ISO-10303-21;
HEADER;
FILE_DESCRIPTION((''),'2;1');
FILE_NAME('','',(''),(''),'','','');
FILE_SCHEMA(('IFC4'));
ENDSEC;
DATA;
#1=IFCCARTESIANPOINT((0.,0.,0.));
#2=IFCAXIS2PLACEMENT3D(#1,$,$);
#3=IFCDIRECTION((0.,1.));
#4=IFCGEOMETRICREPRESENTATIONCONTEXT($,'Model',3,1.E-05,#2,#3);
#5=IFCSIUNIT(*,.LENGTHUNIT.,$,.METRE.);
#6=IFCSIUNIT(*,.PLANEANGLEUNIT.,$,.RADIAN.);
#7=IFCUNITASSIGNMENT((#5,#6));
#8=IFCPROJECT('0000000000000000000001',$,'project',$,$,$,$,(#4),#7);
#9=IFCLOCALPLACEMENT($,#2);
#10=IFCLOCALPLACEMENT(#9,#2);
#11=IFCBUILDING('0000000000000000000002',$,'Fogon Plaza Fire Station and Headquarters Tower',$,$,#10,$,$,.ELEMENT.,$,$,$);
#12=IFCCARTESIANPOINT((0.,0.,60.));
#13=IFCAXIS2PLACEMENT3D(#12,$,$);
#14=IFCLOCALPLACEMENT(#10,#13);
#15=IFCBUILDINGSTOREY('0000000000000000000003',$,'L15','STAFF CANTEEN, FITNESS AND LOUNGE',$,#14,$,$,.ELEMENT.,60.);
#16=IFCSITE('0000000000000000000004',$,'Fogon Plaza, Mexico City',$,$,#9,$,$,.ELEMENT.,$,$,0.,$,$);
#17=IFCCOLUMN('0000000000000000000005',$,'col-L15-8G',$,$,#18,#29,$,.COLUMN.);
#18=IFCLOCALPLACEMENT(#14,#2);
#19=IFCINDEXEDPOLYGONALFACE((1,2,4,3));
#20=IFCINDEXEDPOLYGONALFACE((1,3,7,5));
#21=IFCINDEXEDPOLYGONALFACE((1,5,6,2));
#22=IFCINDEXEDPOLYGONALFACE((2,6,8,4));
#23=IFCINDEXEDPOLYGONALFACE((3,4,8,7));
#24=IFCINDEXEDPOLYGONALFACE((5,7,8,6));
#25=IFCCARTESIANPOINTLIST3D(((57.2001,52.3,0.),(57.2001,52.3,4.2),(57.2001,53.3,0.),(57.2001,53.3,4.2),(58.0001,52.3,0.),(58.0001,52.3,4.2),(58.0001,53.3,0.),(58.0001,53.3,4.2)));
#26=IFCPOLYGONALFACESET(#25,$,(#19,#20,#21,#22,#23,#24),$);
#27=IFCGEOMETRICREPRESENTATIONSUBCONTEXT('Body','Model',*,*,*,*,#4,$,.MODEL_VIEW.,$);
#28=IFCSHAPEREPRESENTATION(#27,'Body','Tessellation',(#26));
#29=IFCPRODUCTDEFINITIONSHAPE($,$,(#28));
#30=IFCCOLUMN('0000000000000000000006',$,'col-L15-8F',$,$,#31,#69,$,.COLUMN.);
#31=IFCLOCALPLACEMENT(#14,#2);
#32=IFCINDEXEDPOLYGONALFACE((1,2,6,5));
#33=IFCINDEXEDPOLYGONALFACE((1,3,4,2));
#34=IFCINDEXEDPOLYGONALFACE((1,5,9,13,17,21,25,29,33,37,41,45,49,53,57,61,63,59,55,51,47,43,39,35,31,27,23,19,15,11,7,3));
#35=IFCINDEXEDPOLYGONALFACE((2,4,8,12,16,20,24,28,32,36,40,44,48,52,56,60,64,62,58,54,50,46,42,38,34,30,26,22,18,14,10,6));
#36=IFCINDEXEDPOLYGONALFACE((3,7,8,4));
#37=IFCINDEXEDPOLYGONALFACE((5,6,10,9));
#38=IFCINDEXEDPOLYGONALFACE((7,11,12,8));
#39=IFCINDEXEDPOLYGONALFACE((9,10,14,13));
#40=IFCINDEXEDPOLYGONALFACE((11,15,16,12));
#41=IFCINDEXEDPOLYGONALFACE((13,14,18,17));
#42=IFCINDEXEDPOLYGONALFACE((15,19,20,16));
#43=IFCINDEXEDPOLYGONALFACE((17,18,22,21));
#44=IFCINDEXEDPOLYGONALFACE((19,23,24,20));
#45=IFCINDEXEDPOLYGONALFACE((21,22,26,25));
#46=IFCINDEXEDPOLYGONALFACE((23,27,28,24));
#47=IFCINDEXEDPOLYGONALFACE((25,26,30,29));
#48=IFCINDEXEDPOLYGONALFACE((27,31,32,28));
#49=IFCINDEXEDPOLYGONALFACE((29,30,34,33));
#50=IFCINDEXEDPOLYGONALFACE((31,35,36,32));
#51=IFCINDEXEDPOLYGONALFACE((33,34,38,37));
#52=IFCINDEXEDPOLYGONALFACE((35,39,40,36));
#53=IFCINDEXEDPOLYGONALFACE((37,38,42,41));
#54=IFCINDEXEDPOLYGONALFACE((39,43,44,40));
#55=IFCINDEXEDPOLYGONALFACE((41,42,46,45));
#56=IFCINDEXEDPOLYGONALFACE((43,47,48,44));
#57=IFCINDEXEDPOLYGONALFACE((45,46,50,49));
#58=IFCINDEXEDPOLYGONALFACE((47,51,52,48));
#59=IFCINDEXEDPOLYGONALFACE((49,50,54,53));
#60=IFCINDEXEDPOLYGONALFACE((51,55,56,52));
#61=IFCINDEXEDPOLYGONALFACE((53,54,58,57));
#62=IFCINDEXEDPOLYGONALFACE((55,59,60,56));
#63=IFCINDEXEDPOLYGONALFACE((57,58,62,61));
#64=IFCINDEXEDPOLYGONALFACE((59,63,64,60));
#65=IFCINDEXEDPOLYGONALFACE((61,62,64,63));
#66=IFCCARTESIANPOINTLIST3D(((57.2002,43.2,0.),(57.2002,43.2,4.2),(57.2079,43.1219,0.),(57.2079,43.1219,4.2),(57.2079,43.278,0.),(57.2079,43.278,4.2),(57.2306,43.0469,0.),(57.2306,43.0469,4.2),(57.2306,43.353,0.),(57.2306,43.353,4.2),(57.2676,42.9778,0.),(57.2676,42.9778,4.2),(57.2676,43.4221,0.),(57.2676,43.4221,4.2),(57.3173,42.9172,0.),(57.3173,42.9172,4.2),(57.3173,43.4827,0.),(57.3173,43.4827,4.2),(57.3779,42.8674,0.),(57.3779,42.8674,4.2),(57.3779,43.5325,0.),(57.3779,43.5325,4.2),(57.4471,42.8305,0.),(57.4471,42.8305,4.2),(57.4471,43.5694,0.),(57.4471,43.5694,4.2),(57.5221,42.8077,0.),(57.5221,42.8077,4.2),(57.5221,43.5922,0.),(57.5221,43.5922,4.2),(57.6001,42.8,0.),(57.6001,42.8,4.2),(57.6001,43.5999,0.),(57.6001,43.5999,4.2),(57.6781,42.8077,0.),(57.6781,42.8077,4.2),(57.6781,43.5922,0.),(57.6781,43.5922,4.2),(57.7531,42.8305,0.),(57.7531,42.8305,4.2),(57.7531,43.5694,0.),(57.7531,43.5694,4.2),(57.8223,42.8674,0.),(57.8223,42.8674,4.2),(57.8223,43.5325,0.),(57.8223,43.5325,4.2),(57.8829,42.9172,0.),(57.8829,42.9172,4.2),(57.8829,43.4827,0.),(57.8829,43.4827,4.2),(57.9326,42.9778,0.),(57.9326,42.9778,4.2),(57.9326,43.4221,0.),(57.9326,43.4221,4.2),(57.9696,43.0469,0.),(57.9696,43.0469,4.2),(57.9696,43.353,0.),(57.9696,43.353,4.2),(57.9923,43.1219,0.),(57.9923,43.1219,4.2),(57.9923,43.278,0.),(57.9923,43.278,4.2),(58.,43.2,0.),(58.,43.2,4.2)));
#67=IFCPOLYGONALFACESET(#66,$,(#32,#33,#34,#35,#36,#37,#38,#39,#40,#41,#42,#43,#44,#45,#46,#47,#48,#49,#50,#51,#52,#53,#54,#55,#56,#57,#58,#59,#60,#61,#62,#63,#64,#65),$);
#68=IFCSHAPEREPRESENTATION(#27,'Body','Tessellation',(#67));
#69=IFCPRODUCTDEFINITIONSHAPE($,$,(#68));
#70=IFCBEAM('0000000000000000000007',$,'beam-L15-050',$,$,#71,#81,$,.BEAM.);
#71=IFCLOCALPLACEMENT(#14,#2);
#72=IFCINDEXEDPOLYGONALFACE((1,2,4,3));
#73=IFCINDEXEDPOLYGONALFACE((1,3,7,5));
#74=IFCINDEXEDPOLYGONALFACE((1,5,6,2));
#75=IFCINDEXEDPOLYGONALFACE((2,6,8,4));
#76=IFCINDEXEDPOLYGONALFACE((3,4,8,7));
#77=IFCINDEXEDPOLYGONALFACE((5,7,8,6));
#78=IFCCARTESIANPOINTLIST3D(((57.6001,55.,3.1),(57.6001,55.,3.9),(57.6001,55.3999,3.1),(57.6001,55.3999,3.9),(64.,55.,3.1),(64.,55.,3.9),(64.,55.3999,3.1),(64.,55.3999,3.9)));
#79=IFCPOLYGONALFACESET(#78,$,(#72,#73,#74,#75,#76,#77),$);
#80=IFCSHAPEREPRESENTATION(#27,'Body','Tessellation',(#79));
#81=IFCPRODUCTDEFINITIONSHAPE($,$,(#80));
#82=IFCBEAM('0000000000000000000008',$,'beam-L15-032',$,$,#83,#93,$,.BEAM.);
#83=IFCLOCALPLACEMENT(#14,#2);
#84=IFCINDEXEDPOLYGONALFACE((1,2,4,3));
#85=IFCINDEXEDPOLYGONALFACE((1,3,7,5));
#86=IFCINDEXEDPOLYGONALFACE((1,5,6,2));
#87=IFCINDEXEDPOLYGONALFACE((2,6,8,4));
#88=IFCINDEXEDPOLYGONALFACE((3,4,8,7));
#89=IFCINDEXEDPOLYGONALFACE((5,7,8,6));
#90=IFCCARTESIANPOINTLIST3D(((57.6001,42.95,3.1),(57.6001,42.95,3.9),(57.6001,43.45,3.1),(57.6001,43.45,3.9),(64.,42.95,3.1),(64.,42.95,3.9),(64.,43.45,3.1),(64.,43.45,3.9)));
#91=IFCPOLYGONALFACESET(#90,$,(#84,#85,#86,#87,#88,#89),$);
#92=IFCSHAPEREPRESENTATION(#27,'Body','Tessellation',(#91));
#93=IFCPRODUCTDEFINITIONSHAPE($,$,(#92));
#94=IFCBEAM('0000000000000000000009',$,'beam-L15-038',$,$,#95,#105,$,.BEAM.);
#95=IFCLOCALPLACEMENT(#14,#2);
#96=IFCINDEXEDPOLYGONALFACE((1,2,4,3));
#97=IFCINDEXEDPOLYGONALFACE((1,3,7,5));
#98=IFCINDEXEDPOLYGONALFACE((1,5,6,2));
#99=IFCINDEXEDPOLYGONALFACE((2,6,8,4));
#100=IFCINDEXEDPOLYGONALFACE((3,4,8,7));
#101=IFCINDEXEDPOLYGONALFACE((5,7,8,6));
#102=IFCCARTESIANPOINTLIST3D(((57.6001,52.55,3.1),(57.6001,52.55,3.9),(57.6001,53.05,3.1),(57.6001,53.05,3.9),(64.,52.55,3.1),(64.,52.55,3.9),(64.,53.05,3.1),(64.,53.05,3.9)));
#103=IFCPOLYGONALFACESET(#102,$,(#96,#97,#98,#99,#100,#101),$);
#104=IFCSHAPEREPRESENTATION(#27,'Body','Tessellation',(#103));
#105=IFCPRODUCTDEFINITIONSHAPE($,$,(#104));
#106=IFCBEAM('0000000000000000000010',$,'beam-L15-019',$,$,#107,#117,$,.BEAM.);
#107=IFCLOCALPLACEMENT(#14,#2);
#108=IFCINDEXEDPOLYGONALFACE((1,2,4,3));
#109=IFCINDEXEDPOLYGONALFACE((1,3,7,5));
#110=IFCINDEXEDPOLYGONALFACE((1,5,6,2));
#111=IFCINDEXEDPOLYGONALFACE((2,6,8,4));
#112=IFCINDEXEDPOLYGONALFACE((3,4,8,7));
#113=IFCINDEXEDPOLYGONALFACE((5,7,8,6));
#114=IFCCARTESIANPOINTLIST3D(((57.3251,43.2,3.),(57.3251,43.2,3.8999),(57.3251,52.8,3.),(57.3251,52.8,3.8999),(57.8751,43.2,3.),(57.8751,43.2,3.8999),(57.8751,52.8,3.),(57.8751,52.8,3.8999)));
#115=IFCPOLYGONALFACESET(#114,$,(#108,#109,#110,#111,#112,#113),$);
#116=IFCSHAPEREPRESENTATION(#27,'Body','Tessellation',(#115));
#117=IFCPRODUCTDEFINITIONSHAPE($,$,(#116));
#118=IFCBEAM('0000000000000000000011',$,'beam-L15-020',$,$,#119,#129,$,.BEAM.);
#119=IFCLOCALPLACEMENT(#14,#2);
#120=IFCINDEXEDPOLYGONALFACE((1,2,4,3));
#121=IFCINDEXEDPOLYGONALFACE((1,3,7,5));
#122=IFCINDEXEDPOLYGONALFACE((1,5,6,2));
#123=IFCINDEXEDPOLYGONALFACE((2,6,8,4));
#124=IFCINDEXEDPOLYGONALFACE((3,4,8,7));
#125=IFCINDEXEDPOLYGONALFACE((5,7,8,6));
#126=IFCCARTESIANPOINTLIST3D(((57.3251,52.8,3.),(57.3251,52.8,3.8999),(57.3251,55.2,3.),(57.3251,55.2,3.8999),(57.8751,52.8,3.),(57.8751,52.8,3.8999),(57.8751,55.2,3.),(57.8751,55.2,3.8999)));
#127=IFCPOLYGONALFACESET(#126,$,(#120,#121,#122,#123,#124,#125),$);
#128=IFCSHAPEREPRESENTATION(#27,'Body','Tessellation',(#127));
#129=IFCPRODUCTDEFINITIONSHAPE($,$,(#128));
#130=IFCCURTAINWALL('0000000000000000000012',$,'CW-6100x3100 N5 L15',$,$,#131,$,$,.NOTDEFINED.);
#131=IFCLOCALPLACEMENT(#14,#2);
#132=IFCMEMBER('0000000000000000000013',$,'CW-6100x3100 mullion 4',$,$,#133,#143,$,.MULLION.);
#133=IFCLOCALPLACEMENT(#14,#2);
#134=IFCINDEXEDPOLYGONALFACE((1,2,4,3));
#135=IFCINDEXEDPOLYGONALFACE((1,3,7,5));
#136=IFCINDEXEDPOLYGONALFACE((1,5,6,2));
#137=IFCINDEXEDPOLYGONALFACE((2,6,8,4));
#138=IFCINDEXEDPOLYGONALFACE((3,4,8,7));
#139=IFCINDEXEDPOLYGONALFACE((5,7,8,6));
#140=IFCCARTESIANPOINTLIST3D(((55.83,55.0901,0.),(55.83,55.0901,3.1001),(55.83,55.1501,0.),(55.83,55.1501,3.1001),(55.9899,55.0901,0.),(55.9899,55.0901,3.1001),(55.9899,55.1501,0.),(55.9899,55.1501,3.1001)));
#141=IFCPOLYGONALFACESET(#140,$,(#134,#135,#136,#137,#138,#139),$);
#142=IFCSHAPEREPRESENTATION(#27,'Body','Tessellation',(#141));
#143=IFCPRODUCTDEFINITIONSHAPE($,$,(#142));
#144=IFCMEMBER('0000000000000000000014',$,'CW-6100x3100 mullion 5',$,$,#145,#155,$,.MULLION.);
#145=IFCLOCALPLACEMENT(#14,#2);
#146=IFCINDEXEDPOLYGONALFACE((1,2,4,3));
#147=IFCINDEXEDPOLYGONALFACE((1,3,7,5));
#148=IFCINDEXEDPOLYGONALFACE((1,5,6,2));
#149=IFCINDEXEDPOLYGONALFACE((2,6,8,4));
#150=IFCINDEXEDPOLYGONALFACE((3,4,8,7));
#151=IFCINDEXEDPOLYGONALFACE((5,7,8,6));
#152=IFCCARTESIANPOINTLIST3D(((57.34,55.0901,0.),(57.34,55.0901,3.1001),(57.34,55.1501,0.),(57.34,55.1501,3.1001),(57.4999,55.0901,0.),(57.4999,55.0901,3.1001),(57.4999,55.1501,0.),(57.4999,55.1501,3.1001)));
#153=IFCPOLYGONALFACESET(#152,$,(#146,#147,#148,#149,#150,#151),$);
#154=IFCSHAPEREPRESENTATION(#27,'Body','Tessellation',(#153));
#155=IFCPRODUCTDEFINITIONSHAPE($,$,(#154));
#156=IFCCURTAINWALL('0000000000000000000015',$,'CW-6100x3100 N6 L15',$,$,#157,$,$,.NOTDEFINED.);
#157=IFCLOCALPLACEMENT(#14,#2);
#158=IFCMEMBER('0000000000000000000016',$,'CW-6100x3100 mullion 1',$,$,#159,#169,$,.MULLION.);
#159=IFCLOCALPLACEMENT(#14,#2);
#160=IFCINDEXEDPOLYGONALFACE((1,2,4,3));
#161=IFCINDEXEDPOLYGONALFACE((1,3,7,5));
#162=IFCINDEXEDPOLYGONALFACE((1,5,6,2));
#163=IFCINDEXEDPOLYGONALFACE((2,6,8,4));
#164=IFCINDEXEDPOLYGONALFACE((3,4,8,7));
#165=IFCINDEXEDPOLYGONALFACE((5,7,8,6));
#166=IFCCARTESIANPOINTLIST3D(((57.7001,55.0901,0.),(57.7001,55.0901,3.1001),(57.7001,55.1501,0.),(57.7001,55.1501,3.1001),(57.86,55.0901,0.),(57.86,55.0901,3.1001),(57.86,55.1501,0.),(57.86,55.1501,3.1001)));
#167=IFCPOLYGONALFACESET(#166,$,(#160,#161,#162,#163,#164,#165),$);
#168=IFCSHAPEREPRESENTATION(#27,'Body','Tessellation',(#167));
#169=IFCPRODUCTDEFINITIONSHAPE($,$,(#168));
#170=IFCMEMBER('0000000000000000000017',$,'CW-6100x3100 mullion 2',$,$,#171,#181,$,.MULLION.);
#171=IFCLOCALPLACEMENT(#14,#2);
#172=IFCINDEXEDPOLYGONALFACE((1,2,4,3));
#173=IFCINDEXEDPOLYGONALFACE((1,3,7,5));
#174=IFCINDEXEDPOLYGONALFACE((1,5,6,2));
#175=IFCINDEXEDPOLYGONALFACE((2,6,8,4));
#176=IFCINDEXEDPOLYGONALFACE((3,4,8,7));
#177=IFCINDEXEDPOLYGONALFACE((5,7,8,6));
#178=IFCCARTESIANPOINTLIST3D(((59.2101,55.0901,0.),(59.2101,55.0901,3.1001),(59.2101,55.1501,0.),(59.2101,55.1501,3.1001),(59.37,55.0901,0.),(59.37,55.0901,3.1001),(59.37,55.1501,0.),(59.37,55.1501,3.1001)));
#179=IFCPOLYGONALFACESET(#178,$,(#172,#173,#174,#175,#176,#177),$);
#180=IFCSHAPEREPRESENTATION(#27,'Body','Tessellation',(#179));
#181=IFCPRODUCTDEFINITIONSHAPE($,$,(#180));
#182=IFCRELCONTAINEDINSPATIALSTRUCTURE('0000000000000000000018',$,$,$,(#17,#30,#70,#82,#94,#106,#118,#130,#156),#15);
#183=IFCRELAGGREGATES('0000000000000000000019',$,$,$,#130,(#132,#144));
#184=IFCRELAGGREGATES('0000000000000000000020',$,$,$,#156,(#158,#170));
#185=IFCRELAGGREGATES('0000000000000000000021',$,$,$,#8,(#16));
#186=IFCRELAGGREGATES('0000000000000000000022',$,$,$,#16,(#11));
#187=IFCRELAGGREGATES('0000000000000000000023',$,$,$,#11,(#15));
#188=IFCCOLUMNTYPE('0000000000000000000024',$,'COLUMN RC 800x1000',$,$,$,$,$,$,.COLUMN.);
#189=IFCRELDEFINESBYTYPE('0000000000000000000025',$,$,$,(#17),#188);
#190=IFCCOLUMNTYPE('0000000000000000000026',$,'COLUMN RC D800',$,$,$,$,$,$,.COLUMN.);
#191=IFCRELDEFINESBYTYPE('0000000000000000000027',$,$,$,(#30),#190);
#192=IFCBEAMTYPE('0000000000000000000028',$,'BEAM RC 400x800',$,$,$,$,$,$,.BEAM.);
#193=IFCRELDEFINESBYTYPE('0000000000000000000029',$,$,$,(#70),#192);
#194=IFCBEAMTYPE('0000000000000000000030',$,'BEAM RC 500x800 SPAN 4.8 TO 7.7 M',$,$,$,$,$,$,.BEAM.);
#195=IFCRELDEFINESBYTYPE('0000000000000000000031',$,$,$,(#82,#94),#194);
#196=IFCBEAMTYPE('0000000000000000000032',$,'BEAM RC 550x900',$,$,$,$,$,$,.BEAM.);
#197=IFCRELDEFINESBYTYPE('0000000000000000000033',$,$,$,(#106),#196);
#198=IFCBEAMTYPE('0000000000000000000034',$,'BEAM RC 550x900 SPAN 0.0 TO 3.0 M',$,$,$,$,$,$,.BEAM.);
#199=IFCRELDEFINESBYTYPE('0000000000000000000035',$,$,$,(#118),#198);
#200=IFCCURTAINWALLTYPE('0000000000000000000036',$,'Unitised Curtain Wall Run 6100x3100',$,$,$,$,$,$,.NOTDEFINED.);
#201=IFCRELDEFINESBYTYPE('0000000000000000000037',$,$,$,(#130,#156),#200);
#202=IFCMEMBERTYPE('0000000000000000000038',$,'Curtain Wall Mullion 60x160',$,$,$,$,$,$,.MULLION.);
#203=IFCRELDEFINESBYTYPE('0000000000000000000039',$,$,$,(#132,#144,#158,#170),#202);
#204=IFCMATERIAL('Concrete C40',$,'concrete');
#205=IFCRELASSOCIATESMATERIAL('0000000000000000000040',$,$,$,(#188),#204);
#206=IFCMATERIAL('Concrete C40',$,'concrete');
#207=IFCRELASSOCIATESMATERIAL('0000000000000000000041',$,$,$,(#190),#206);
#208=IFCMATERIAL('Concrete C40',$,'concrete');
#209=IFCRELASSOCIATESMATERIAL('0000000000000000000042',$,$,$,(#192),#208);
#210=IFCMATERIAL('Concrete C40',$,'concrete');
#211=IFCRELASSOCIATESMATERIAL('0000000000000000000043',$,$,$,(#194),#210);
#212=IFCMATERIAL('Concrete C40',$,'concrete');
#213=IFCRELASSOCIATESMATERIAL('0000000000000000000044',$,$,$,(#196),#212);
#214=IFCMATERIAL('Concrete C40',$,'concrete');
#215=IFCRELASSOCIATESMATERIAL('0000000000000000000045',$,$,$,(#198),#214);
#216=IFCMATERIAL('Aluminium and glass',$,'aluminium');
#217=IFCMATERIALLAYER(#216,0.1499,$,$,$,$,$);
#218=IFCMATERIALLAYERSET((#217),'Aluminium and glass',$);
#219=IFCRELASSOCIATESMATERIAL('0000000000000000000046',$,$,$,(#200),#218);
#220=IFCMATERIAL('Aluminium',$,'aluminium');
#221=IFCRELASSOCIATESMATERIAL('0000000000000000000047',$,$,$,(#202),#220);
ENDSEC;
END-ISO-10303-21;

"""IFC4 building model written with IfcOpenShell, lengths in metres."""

from ifc_helpers import new_model, si_unit, direction, frame, origin, origin_2d, place, context, subcontext, project, spatial, rectangle, circle, extrude, material, layer, layer_set, material_profile, profile_set, type_object, element, aggregate, save


model = new_model("IFC4")

# Units and contexts
model_context = context("Model", 3, precision=1e-05, world=origin(), true_north=direction((0.0, 1.0)))
body_context = subcontext(model_context, "Body", "Model", "MODEL_VIEW")
ifc_project = project(units=[si_unit("LENGTHUNIT", "METRE"), si_unit("PLANEANGLEUNIT", "RADIAN")], contexts=[model_context])

# Site, building, storey
site_placement = place(None, origin())
site = spatial("IfcSite", under=ifc_project, at=site_placement, Name="Fogon Plaza, Mexico City", CompositionType="ELEMENT", RefElevation=0.0)
building_placement = place(site_placement, origin())
building = spatial("IfcBuilding", under=site, at=building_placement, Name="Fogon Plaza Fire Station and Headquarters Tower", CompositionType="ELEMENT")
storey_placement = place(building_placement, frame((0.0, 0.0, 60.0)))
storey = spatial("IfcBuildingStorey", under=building, at=storey_placement, Name="L15", Description="STAFF CANTEEN, FITNESS AND LOUNGE", CompositionType="ELEMENT", Elevation=60.0)

# Columns
ifc_material_1 = material(Name="Concrete C40", Category="concrete")
ifc_material_profile_1 = material_profile(ifc_material_1, rectangle(XDim=0.8, YDim=1.0, at=origin_2d()), Name="RC 800x1000")
ifc_profile_set_1 = profile_set([ifc_material_profile_1], Name="Concrete C40")
column_type_1 = type_object("IfcColumnType", Name="COLUMN RC 800x1000", PredefinedType="COLUMN", material=ifc_profile_set_1)
column_1_placement = place(storey_placement, frame((57.6001, 52.8, 0.0), z_axis=(0.0, 0.0, 1.0), x_axis=(1.0, 0.0, 0.0)))
element("IfcColumn", 1, at=column_1_placement, inside=storey, type_object=column_type_1, Name="col-L15-8G", PredefinedType="COLUMN", context=body_context, shape_type="SweptSolid", body=[
    extrude(rectangle(XDim=0.8, YDim=1.0, at=origin_2d()), origin(), (0.0, 0.0, 1.0), 4.2),
])
ifc_material_2 = material(Name="Concrete C40", Category="concrete")
ifc_material_profile_2 = material_profile(ifc_material_2, circle(Radius=0.3999, at=origin_2d()), Name="RC D800")
ifc_profile_set_2 = profile_set([ifc_material_profile_2], Name="Concrete C40")
column_type_2 = type_object("IfcColumnType", Name="COLUMN RC D800", PredefinedType="COLUMN", material=ifc_profile_set_2)
column_2_placement = place(storey_placement, frame((57.6001, 43.2, 0.0), z_axis=(0.0, 0.0, 1.0), x_axis=(1.0, 0.0, 0.0)))
element("IfcColumn", 2, at=column_2_placement, inside=storey, type_object=column_type_2, Name="col-L15-8F", PredefinedType="COLUMN", context=body_context, shape_type="SweptSolid", body=[
    extrude(circle(Radius=0.3999, at=origin_2d()), origin(), (0.0, 0.0, 1.0), 4.2),
])

# Beams
ifc_material_3 = material(Name="Concrete C40", Category="concrete")
ifc_material_profile_3 = material_profile(ifc_material_3, rectangle(XDim=0.3999, YDim=0.8, at=origin_2d()), Name="RC 400x800")
ifc_profile_set_3 = profile_set([ifc_material_profile_3], Name="Concrete C40")
beam_type_1 = type_object("IfcBeamType", Name="BEAM RC 400x800", PredefinedType="BEAM", material=ifc_profile_set_3)
beam_1_placement = place(storey_placement, frame((57.6001, 55.2, 3.5), z_axis=(1.0, 0.0, 0.0), x_axis=(0.0, 1.0, 0.0)))
element("IfcBeam", 3, at=beam_1_placement, inside=storey, type_object=beam_type_1, Name="beam-L15-050", PredefinedType="BEAM", context=body_context, shape_type="SweptSolid", body=[
    extrude(rectangle(XDim=0.3999, YDim=0.8, at=origin_2d()), origin(), (0.0, 0.0, 1.0), 6.3999),
])
ifc_material_4 = material(Name="Concrete C40", Category="concrete")
ifc_material_profile_4 = material_profile(ifc_material_4, rectangle(XDim=0.5, YDim=0.8, at=origin_2d()), Name="RC 500x800")
ifc_profile_set_4 = profile_set([ifc_material_profile_4], Name="Concrete C40")
beam_type_2 = type_object("IfcBeamType", Name="BEAM RC 500x800 SPAN 4.8 TO 7.7 M", PredefinedType="BEAM", material=ifc_profile_set_4)
for number, where, z_axis, x_axis, name in (
    (4, (57.6001, 43.2, 3.5), (1.0, 0.0, 0.0), (0.0, 1.0, 0.0), "beam-L15-032"),
    (5, (57.6001, 52.8, 3.5), (1.0, 0.0, 0.0), (0.0, 1.0, 0.0), "beam-L15-038"),
):
    element("IfcBeam", number, at=place(storey_placement, frame(where, z_axis=z_axis, x_axis=x_axis)), inside=storey, type_object=beam_type_2, Name=name, PredefinedType="BEAM", context=body_context, shape_type="SweptSolid", body=[
        extrude(rectangle(XDim=0.5, YDim=0.8, at=origin_2d()), origin(), (0.0, 0.0, 1.0), 6.3999),
    ])
ifc_material_5 = material(Name="Concrete C40", Category="concrete")
ifc_material_profile_5 = material_profile(ifc_material_5, rectangle(XDim=0.55, YDim=0.8999, at=origin_2d()), Name="RC 550x900")
ifc_profile_set_5 = profile_set([ifc_material_profile_5], Name="Concrete C40")
beam_type_3 = type_object("IfcBeamType", Name="BEAM RC 550x900", PredefinedType="BEAM", material=ifc_profile_set_5)
beam_2_placement = place(storey_placement, frame((57.6001, 43.2, 3.45), z_axis=(0.0, 1.0, 0.0), x_axis=(-1.0, 0.0, 0.0)))
element("IfcBeam", 6, at=beam_2_placement, inside=storey, type_object=beam_type_3, Name="beam-L15-019", PredefinedType="BEAM", context=body_context, shape_type="SweptSolid", body=[
    extrude(rectangle(XDim=0.55, YDim=0.8999, at=origin_2d()), origin(), (0.0, 0.0, 1.0), 9.6001),
])
ifc_material_6 = material(Name="Concrete C40", Category="concrete")
ifc_material_profile_6 = material_profile(ifc_material_6, rectangle(XDim=0.55, YDim=0.8999, at=origin_2d()), Name="RC 550x900")
ifc_profile_set_6 = profile_set([ifc_material_profile_6], Name="Concrete C40")
beam_type_4 = type_object("IfcBeamType", Name="BEAM RC 550x900 SPAN 0.0 TO 3.0 M", PredefinedType="BEAM", material=ifc_profile_set_6)
beam_3_placement = place(storey_placement, frame((57.6001, 52.8, 3.45), z_axis=(0.0, 1.0, 0.0), x_axis=(-1.0, 0.0, 0.0)))
element("IfcBeam", 7, at=beam_3_placement, inside=storey, type_object=beam_type_4, Name="beam-L15-020", PredefinedType="BEAM", context=body_context, shape_type="SweptSolid", body=[
    extrude(rectangle(XDim=0.55, YDim=0.8999, at=origin_2d()), origin(), (0.0, 0.0, 1.0), 2.3999),
])

# Curtain walls, members
ifc_material_7 = material(Name="Aluminium and glass", Category="aluminium")
ifc_layer_1 = layer(ifc_material_7, 0.1499)
ifc_layer_set_1 = layer_set([ifc_layer_1], Name="Aluminium and glass")
curtain_wall_type = type_object("IfcCurtainWallType", Name="Unitised Curtain Wall Run 6100x3100", PredefinedType="NOTDEFINED", material=ifc_layer_set_1)
curtain_wall_1_placement = place(storey_placement, origin())
curtain_wall_1 = element("IfcCurtainWall", 8, at=curtain_wall_1_placement, inside=storey, type_object=curtain_wall_type, Name="CW-6100x3100 N5 L15", PredefinedType="NOTDEFINED")
ifc_material_8 = material(Name="Aluminium", Category="aluminium")
ifc_material_profile_7 = material_profile(ifc_material_8, rectangle(XDim=0.0601, YDim=0.1599, at=origin_2d()), Name="Curtain Wall Mullion 60x160")
ifc_profile_set_7 = profile_set([ifc_material_profile_7], Name="Aluminium")
member_type_1 = type_object("IfcMemberType", Name="Curtain Wall Mullion 60x160", PredefinedType="MULLION", material=ifc_profile_set_7)
member_1_placement = place(storey_placement, frame((55.9099, 55.1201, 0.0), z_axis=(0.0, 0.0, 1.0), x_axis=(0.0, 1.0, 0.0)))
member_1 = element("IfcMember", 9, at=member_1_placement, type_object=member_type_1, Name="CW-6100x3100 mullion 4", PredefinedType="MULLION", context=body_context, shape_type="SweptSolid", body=[
    extrude(rectangle(XDim=0.0601, YDim=0.1599, at=origin_2d()), origin(), (0.0, 0.0, 1.0), 3.1001),
])
member_2_placement = place(storey_placement, frame((57.4199, 55.1201, 0.0), z_axis=(0.0, 0.0, 1.0), x_axis=(0.0, 1.0, 0.0)))
member_2 = element("IfcMember", 10, at=member_2_placement, type_object=member_type_1, Name="CW-6100x3100 mullion 5", PredefinedType="MULLION", context=body_context, shape_type="SweptSolid", body=[
    extrude(rectangle(XDim=0.0601, YDim=0.1599, at=origin_2d()), origin(), (0.0, 0.0, 1.0), 3.1001),
])
curtain_wall_2_placement = place(storey_placement, origin())
curtain_wall_2 = element("IfcCurtainWall", 11, at=curtain_wall_2_placement, inside=storey, type_object=curtain_wall_type, Name="CW-6100x3100 N6 L15", PredefinedType="NOTDEFINED")
member_3_placement = place(storey_placement, frame((57.78, 55.1201, 0.0), z_axis=(0.0, 0.0, 1.0), x_axis=(0.0, 1.0, 0.0)))
member_3 = element("IfcMember", 12, at=member_3_placement, type_object=member_type_1, Name="CW-6100x3100 mullion 1", PredefinedType="MULLION", context=body_context, shape_type="SweptSolid", body=[
    extrude(rectangle(XDim=0.0601, YDim=0.1599, at=origin_2d()), origin(), (0.0, 0.0, 1.0), 3.1001),
])
member_4_placement = place(storey_placement, frame((59.29, 55.1201, 0.0), z_axis=(0.0, 0.0, 1.0), x_axis=(0.0, 1.0, 0.0)))
member_4 = element("IfcMember", 13, at=member_4_placement, type_object=member_type_1, Name="CW-6100x3100 mullion 2", PredefinedType="MULLION", context=body_context, shape_type="SweptSolid", body=[
    extrude(rectangle(XDim=0.0601, YDim=0.1599, at=origin_2d()), origin(), (0.0, 0.0, 1.0), 3.1001),
])

aggregate(curtain_wall_1, [member_1, member_2])
aggregate(curtain_wall_2, [member_3, member_4])

save(model, "model.ifc")
